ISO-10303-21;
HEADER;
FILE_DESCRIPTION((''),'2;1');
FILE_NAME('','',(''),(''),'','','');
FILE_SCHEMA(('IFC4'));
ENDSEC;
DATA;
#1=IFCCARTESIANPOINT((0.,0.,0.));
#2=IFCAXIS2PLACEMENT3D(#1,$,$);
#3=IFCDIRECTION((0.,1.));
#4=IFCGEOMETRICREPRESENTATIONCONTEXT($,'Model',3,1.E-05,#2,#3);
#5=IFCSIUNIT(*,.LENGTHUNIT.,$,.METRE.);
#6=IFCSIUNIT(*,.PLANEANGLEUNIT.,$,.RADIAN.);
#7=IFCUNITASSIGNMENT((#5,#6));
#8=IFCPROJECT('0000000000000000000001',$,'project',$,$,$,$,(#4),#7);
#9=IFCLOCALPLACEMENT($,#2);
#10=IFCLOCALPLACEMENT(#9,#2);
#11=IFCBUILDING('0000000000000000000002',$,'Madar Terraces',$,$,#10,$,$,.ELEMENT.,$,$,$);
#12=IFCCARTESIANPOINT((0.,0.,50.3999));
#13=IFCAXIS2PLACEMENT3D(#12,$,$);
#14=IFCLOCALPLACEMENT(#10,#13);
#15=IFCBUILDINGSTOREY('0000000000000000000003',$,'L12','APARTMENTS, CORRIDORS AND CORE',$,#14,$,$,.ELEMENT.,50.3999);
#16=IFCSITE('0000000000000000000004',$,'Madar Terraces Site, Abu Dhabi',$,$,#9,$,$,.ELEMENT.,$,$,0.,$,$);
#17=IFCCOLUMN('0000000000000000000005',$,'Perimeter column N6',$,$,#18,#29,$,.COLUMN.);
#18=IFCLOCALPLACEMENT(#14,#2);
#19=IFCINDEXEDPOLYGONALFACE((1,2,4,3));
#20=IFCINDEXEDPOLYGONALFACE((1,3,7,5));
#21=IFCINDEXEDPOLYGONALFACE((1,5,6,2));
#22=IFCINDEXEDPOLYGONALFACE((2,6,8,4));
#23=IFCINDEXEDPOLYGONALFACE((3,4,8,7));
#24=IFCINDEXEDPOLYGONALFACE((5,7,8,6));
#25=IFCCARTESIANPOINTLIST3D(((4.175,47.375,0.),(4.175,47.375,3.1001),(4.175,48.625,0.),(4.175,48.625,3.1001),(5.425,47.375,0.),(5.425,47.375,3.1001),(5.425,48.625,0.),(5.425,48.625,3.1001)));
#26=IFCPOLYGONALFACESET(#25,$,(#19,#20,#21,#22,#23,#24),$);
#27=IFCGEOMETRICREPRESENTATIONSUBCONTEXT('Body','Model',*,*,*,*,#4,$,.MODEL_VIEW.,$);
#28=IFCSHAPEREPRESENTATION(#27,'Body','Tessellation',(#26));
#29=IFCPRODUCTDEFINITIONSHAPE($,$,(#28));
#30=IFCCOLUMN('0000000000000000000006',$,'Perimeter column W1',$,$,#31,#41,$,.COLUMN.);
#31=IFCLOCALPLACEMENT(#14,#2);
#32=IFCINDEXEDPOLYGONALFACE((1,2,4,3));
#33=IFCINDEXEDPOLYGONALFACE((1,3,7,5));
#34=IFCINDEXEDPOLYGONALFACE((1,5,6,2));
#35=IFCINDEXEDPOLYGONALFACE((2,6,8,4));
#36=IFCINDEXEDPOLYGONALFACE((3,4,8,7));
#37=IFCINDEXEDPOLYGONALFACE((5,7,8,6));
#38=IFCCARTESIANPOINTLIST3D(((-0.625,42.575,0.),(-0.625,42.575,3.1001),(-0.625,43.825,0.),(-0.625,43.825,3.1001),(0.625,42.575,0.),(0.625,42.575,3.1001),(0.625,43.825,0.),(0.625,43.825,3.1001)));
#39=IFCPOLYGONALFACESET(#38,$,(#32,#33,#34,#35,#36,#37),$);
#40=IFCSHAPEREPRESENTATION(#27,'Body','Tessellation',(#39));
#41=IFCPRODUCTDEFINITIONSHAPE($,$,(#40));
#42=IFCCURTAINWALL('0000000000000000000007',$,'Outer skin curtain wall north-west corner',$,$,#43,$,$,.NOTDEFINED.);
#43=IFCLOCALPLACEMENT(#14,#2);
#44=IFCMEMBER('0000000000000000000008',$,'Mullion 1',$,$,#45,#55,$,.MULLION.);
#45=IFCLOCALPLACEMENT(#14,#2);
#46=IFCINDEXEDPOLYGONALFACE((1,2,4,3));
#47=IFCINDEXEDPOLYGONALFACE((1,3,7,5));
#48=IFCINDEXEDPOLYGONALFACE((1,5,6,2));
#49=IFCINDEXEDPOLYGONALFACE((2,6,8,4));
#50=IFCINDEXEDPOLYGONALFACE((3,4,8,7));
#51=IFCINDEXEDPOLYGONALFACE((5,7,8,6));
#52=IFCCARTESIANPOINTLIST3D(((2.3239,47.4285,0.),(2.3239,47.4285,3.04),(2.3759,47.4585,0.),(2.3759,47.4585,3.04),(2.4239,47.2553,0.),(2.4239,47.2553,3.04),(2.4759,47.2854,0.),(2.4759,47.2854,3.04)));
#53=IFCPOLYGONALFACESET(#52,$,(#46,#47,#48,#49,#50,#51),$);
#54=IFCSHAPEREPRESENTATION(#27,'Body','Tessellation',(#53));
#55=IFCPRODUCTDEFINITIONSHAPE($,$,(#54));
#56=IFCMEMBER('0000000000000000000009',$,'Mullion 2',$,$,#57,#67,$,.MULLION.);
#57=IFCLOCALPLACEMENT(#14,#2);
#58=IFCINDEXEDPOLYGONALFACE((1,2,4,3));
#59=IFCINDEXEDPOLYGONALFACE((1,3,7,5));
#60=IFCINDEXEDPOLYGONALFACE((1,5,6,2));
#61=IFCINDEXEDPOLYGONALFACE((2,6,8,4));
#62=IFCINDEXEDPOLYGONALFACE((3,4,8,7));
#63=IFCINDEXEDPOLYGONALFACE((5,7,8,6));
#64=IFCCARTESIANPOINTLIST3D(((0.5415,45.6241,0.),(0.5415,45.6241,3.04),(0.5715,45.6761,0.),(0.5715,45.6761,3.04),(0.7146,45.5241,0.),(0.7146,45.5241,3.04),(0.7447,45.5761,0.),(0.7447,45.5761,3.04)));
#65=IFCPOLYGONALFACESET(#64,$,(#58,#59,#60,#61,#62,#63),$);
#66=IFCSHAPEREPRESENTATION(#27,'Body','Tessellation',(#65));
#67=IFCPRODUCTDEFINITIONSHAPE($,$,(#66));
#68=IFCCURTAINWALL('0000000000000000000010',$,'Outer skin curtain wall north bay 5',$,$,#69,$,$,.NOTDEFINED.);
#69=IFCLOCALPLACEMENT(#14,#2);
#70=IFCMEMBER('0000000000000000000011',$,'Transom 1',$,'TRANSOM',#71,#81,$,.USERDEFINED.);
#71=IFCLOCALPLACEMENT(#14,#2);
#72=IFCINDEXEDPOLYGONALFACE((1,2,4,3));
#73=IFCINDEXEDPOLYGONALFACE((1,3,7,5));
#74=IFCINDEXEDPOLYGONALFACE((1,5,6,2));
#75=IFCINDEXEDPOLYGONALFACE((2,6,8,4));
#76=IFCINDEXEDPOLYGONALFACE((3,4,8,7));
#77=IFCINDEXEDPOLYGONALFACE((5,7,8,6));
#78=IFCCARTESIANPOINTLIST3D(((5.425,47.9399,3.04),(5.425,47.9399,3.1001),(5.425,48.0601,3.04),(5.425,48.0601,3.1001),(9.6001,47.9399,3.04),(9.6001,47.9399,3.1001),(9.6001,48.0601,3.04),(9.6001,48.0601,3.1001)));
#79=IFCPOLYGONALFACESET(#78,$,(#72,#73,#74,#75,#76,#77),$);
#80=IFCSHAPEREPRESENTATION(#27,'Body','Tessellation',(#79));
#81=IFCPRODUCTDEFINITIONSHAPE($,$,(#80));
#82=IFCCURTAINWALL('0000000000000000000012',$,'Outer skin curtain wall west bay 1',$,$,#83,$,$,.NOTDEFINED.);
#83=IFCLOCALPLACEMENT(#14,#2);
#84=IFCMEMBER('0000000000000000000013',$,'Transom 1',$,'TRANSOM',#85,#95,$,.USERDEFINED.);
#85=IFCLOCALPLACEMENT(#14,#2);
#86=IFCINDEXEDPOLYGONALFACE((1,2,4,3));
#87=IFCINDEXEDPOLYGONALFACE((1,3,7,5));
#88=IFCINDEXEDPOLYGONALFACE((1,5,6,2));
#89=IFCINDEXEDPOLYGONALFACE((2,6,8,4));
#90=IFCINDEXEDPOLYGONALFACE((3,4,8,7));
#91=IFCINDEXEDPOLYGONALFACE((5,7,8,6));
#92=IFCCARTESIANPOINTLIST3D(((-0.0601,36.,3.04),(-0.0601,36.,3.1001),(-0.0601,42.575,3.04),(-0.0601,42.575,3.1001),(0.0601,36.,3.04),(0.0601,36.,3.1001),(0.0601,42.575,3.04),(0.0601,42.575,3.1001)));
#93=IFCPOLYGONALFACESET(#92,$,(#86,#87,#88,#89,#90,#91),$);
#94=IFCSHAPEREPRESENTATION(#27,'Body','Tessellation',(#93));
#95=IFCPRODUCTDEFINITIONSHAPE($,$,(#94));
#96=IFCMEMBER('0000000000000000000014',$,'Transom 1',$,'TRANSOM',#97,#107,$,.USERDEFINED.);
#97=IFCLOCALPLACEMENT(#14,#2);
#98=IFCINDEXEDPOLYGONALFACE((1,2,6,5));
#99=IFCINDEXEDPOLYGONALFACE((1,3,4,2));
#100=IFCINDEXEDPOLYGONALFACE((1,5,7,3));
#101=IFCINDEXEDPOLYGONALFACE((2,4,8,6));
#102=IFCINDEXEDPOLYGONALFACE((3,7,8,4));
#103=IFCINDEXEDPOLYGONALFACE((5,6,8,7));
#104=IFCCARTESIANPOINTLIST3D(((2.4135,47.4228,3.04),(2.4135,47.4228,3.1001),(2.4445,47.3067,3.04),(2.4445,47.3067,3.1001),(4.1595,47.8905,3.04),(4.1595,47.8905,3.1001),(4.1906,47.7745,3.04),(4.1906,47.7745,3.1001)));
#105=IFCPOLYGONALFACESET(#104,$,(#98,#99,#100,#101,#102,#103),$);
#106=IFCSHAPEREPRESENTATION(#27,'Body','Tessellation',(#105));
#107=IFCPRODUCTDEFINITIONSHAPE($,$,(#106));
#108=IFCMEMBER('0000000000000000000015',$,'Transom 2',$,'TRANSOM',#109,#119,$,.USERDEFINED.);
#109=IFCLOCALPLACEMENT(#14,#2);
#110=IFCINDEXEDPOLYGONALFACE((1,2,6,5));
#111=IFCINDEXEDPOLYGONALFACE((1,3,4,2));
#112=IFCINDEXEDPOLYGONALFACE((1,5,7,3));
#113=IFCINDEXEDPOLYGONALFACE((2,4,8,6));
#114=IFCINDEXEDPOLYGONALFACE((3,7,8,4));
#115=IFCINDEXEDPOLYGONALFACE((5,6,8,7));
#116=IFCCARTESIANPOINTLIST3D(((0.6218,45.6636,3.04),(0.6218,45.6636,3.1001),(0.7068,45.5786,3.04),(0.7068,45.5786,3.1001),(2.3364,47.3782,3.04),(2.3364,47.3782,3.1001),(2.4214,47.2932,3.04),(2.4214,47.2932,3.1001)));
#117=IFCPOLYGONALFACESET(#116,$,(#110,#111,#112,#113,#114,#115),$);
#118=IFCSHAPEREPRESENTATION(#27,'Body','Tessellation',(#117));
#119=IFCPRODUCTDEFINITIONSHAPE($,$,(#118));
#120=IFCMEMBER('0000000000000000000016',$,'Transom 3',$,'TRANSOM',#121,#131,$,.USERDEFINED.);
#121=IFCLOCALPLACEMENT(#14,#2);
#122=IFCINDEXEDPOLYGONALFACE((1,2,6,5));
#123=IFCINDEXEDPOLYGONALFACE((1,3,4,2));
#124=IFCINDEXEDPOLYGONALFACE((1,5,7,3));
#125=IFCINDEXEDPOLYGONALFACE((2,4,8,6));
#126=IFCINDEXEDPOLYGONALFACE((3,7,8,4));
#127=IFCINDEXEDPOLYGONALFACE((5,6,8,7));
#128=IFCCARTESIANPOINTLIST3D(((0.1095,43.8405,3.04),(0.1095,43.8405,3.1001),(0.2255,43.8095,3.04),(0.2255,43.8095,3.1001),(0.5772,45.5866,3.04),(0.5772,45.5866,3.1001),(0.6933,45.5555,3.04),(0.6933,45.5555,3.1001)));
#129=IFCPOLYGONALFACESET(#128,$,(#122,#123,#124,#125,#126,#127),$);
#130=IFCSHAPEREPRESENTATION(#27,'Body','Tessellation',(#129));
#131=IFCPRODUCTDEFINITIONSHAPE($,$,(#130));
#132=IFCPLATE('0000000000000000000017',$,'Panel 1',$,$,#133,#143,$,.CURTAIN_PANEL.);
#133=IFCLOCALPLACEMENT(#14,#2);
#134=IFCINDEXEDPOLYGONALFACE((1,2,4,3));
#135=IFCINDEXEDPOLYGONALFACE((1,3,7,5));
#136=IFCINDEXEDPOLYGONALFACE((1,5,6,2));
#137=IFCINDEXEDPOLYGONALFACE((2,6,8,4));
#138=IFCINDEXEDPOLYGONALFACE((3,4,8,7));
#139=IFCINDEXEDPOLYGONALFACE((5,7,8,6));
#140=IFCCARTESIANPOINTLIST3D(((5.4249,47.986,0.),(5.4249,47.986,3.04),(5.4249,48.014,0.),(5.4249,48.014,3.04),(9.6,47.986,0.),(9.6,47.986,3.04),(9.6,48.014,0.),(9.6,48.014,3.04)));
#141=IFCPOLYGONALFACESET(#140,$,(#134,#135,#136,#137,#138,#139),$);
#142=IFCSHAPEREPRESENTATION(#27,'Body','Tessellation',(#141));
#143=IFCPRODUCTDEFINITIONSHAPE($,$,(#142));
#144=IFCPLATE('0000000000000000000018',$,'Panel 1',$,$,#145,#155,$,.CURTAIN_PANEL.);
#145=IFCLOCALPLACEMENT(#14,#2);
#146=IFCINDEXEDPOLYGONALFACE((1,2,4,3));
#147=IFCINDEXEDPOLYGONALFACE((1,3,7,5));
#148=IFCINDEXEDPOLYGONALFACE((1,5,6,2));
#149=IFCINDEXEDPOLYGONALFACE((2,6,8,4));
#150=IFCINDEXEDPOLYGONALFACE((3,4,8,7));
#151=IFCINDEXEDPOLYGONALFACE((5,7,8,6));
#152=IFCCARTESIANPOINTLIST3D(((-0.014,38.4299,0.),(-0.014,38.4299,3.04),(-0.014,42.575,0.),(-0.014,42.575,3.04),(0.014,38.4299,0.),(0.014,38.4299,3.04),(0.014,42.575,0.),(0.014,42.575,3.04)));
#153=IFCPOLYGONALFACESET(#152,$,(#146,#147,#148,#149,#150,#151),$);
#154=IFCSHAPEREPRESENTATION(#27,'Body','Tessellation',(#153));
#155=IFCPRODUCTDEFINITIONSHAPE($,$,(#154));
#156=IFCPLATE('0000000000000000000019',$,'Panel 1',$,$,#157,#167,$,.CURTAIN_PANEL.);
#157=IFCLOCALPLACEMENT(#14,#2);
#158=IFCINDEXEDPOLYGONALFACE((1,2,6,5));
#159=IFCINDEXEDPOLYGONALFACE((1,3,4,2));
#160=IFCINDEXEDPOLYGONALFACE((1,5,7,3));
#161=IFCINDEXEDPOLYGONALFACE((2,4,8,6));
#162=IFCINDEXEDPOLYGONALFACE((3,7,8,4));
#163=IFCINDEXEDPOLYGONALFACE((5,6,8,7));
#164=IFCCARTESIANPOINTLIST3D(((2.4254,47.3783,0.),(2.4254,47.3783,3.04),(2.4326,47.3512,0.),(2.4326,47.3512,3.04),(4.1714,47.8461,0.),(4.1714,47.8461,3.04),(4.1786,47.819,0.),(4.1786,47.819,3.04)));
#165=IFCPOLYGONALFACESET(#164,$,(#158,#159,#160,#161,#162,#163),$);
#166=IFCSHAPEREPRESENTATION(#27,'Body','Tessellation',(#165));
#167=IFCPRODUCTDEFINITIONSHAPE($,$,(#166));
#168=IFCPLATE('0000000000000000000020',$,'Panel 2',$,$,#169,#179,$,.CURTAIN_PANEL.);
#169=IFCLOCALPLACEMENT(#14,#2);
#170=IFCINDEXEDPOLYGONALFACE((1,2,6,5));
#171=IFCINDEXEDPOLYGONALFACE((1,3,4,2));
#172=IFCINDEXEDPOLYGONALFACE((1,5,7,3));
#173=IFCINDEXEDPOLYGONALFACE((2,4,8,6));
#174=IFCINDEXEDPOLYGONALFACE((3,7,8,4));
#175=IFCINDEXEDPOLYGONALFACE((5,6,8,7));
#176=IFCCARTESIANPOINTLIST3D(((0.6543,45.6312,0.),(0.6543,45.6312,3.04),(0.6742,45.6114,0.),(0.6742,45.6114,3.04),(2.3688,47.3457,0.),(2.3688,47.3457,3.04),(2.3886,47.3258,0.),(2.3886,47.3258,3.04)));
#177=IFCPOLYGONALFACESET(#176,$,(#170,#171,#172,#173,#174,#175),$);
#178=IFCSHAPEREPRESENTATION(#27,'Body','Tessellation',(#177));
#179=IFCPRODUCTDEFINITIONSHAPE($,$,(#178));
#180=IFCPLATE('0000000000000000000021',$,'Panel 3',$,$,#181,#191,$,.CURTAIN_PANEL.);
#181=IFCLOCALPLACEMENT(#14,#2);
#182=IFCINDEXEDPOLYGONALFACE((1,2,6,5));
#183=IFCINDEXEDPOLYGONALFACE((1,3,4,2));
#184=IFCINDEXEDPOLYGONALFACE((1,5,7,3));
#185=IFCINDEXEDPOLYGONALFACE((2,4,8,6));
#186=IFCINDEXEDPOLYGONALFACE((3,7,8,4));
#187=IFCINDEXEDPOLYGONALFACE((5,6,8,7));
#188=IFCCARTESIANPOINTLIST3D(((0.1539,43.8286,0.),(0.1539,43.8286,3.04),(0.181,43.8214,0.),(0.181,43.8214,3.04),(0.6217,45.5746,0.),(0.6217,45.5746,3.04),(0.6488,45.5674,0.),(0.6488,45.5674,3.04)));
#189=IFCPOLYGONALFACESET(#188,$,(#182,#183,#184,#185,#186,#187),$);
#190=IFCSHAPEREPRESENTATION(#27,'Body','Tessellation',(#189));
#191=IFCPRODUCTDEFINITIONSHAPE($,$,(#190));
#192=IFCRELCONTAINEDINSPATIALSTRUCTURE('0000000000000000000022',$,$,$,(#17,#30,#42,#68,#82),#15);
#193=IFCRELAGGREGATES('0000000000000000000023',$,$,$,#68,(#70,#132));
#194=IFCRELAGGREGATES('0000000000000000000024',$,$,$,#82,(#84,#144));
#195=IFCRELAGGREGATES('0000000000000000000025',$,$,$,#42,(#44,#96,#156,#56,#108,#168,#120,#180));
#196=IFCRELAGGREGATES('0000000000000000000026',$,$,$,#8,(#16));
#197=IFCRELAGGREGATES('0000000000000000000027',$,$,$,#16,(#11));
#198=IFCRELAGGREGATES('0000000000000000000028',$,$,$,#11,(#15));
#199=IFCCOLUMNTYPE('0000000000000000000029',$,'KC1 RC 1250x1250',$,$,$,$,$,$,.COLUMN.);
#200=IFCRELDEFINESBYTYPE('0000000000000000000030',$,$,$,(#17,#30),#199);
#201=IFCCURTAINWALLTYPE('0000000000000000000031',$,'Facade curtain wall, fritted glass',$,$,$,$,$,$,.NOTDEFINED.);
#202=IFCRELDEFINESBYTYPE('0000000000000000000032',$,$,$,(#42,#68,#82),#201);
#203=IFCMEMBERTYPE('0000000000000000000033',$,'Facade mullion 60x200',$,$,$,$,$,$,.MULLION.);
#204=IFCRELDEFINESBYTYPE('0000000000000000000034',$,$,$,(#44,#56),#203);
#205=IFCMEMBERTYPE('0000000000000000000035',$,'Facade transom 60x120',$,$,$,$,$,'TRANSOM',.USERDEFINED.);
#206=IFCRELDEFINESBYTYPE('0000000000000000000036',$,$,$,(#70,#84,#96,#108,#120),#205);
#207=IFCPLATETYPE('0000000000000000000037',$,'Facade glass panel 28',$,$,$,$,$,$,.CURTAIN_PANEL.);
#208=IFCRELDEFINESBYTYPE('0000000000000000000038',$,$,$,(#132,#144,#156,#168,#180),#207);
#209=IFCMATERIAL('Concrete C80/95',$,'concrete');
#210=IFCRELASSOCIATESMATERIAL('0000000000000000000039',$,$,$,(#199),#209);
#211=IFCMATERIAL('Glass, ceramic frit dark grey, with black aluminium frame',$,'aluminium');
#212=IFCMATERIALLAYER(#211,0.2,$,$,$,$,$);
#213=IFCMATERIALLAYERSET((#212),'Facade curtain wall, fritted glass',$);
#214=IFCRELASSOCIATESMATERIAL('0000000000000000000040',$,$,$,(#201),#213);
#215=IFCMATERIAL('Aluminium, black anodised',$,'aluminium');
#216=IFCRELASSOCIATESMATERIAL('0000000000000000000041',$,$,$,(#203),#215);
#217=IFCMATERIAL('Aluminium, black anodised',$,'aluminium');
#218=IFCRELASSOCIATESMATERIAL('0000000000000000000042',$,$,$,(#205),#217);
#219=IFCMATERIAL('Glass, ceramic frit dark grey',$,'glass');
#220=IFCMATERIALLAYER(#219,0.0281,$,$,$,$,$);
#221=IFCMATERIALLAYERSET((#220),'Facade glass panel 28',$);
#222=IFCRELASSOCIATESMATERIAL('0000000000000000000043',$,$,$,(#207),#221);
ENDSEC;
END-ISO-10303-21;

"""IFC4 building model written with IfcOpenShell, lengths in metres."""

from ifc_helpers import new_model, si_unit, direction, frame, origin, origin_2d, place, context, subcontext, project, spatial, rectangle, extrude, material, layer, layer_set, material_profile, profile_set, type_object, element, aggregate, save


model = new_model("IFC4")

# Units and contexts
model_context = context("Model", 3, precision=1e-05, world=origin(), true_north=direction((0.0, 1.0)))
body_context = subcontext(model_context, "Body", "Model", "MODEL_VIEW")
ifc_project = project(units=[si_unit("LENGTHUNIT", "METRE"), si_unit("PLANEANGLEUNIT", "RADIAN")], contexts=[model_context])

# Site, building, storey
site_placement = place(None, origin())
site = spatial("IfcSite", under=ifc_project, at=site_placement, Name="Madar Terraces Site, Abu Dhabi", CompositionType="ELEMENT", RefElevation=0.0)
building_placement = place(site_placement, origin())
building = spatial("IfcBuilding", under=site, at=building_placement, Name="Madar Terraces", CompositionType="ELEMENT")
storey_placement = place(building_placement, frame((0.0, 0.0, 50.3999)))
storey = spatial("IfcBuildingStorey", under=building, at=storey_placement, Name="L12", Description="APARTMENTS, CORRIDORS AND CORE", CompositionType="ELEMENT", Elevation=50.3999)

# Columns
ifc_material_1 = material(Name="Concrete C80/95", Category="concrete")
ifc_material_profile_1 = material_profile(ifc_material_1, rectangle(XDim=1.25, YDim=1.25, at=origin_2d()), Name="KC1 RC 1250x1250")
ifc_profile_set_1 = profile_set([ifc_material_profile_1], Name="Concrete C80/95")
column_type = type_object("IfcColumnType", Name="KC1 RC 1250x1250", PredefinedType="COLUMN", material=ifc_profile_set_1)
for number, where, z_axis, x_axis, name in (
    (1, (4.8, 48.0, 0.0), (0.0, 0.0, 1.0), (1.0, 0.0, 0.0), "Perimeter column N6"),
    (2, (0.0, 43.2, 0.0), (0.0, 0.0, 1.0), (1.0, 0.0, 0.0), "Perimeter column W1"),
):
    element("IfcColumn", number, at=place(storey_placement, frame(where, z_axis=z_axis, x_axis=x_axis)), inside=storey, type_object=column_type, Name=name, PredefinedType="COLUMN", context=body_context, shape_type="SweptSolid", body=[
        extrude(rectangle(XDim=1.25, YDim=1.25, at=origin_2d()), origin(), (0.0, 0.0, 1.0), 3.1001),
    ])

# Curtain wall, members
ifc_material_2 = material(Name="Glass, ceramic frit dark grey, with black aluminium frame", Category="aluminium")
ifc_layer_1 = layer(ifc_material_2, 0.2)
ifc_layer_set_1 = layer_set([ifc_layer_1], Name="Facade curtain wall, fritted glass")
curtain_wall_type = type_object("IfcCurtainWallType", Name="Facade curtain wall, fritted glass", PredefinedType="NOTDEFINED", material=ifc_layer_set_1)
curtain_wall_1_placement = place(storey_placement, origin())
curtain_wall_1 = element("IfcCurtainWall", 3, at=curtain_wall_1_placement, inside=storey, type_object=curtain_wall_type, Name="Outer skin curtain wall north-west corner", PredefinedType="NOTDEFINED")
ifc_material_3 = material(Name="Aluminium, black anodised", Category="aluminium")
ifc_material_profile_2 = material_profile(ifc_material_3, rectangle(XDim=0.2, YDim=0.0601, at=origin_2d()), Name="Facade mullion 60x200")
ifc_profile_set_2 = profile_set([ifc_material_profile_2], Name="Aluminium, black anodised")
member_type_1 = type_object("IfcMemberType", Name="Facade mullion 60x200", PredefinedType="MULLION", material=ifc_profile_set_2)
member_1_placement = place(storey_placement, frame((2.3999, 47.3569, 0.0), z_axis=(0.0, 0.0, 1.0), x_axis=(0.5, -0.866025, 0.0)))
member_1 = element("IfcMember", 4, at=member_1_placement, type_object=member_type_1, Name="Mullion 1", PredefinedType="MULLION", context=body_context, shape_type="SweptSolid", body=[
    extrude(rectangle(XDim=0.2, YDim=0.0601, at=origin_2d()), origin(), (0.0, 0.0, 1.0), 3.04),
])
member_2_placement = place(storey_placement, frame((0.6431, 45.6001, 0.0), z_axis=(0.0, 0.0, 1.0), x_axis=(0.866025, -0.5, 0.0)))
member_2 = element("IfcMember", 5, at=member_2_placement, type_object=member_type_1, Name="Mullion 2", PredefinedType="MULLION", context=body_context, shape_type="SweptSolid", body=[
    extrude(rectangle(XDim=0.2, YDim=0.0601, at=origin_2d()), origin(), (0.0, 0.0, 1.0), 3.04),
])

# Curtain walls, members
curtain_wall_2_placement = place(storey_placement, origin())
curtain_wall_2 = element("IfcCurtainWall", 6, at=curtain_wall_2_placement, inside=storey, type_object=curtain_wall_type, Name="Outer skin curtain wall north bay 5", PredefinedType="NOTDEFINED")
ifc_material_4 = material(Name="Aluminium, black anodised", Category="aluminium")
ifc_material_profile_3 = material_profile(ifc_material_4, rectangle(XDim=0.1201, YDim=0.0601, at=origin_2d()), Name="Facade transom 60x120")
ifc_profile_set_3 = profile_set([ifc_material_profile_3], Name="Aluminium, black anodised")
member_type_2 = type_object("IfcMemberType", Name="Facade transom 60x120", ElementType="TRANSOM", PredefinedType="USERDEFINED", material=ifc_profile_set_3)
member_3_placement = place(storey_placement, frame((9.6001, 48.0, 3.0701), z_axis=(-1.0, 0.0, 0.0), x_axis=(0.0, -1.0, 0.0)))
member_3 = element("IfcMember", 7, at=member_3_placement, type_object=member_type_2, Name="Transom 1", ObjectType="TRANSOM", PredefinedType="USERDEFINED", context=body_context, shape_type="SweptSolid", body=[
    extrude(rectangle(XDim=0.1201, YDim=0.0601, at=origin_2d()), origin(), (0.0, 0.0, 1.0), 4.175),
])
curtain_wall_3_placement = place(storey_placement, origin())
curtain_wall_3 = element("IfcCurtainWall", 8, at=curtain_wall_3_placement, inside=storey, type_object=curtain_wall_type, Name="Outer skin curtain wall west bay 1", PredefinedType="NOTDEFINED")
member_4_placement = place(storey_placement, frame((0.0, 42.575, 3.0701), z_axis=(0.0, -1.0, 0.0), x_axis=(1.0, 0.0, 0.0)))
member_4 = element("IfcMember", 9, at=member_4_placement, type_object=member_type_2, Name="Transom 1", ObjectType="TRANSOM", PredefinedType="USERDEFINED", context=body_context, shape_type="SweptSolid", body=[
    extrude(rectangle(XDim=0.1201, YDim=0.0601, at=origin_2d()), origin(), (0.0, 0.0, 1.0), 6.575),
])

# Members
member_5_placement = place(storey_placement, frame((4.175, 47.8325, 3.0701), z_axis=(-0.965938, -0.258772, 0.0), x_axis=(0.258772, -0.965938, 0.0)))
member_5 = element("IfcMember", 10, at=member_5_placement, type_object=member_type_2, Name="Transom 1", ObjectType="TRANSOM", PredefinedType="USERDEFINED", context=body_context, shape_type="SweptSolid", body=[
    extrude(rectangle(XDim=0.1201, YDim=0.0601, at=origin_2d()), origin(), (0.0, 0.0, 1.0), 1.8076),
])
member_6_placement = place(storey_placement, frame((2.3789, 47.3357, 3.0701), z_axis=(-0.707107, -0.707107, 0.0), x_axis=(0.707107, -0.707107, 0.0)))
member_6 = element("IfcMember", 11, at=member_6_placement, type_object=member_type_2, Name="Transom 2", ObjectType="TRANSOM", PredefinedType="USERDEFINED", context=body_context, shape_type="SweptSolid", body=[
    extrude(rectangle(XDim=0.1201, YDim=0.0601, at=origin_2d()), origin(), (0.0, 0.0, 1.0), 2.4248),
])
member_7_placement = place(storey_placement, frame((0.6353, 45.571, 3.0701), z_axis=(-0.258772, -0.965938, 0.0), x_axis=(0.965938, -0.258772, 0.0)))
member_7 = element("IfcMember", 12, at=member_7_placement, type_object=member_type_2, Name="Transom 3", ObjectType="TRANSOM", PredefinedType="USERDEFINED", context=body_context, shape_type="SweptSolid", body=[
    extrude(rectangle(XDim=0.1201, YDim=0.0601, at=origin_2d()), origin(), (0.0, 0.0, 1.0), 1.8076),
])

# Plates
ifc_material_5 = material(Name="Glass, ceramic frit dark grey", Category="glass")
ifc_layer_2 = layer(ifc_material_5, 0.0281)
ifc_layer_set_2 = layer_set([ifc_layer_2], Name="Facade glass panel 28")
plate_type = type_object("IfcPlateType", Name="Facade glass panel 28", PredefinedType="CURTAIN_PANEL", material=ifc_layer_set_2)
plate_1_placement = place(storey_placement, frame((7.5125, 48.0, 0.0), z_axis=(0.0, 0.0, 1.0), x_axis=(-1.0, 0.0, 0.0)))
plate_1 = element("IfcPlate", 13, at=plate_1_placement, type_object=plate_type, Name="Panel 1", PredefinedType="CURTAIN_PANEL", context=body_context, shape_type="SweptSolid", body=[
    extrude(rectangle(XDim=4.175, YDim=0.0281, at=origin_2d()), origin(), (0.0, 0.0, 1.0), 3.04),
])
aggregate(curtain_wall_2, [member_3, plate_1])
plate_2_placement = place(storey_placement, frame((0.0, 40.5024, 0.0), z_axis=(0.0, 0.0, 1.0), x_axis=(0.0, -1.0, 0.0)))
plate_2 = element("IfcPlate", 14, at=plate_2_placement, type_object=plate_type, Name="Panel 1", PredefinedType="CURTAIN_PANEL", context=body_context, shape_type="SweptSolid", body=[
    extrude(rectangle(XDim=4.145, YDim=0.0281, at=origin_2d()), origin(), (0.0, 0.0, 1.0), 3.04),
])
aggregate(curtain_wall_3, [member_4, plate_2])
plate_3_placement = place(storey_placement, frame((3.302, 47.5986, 0.0), z_axis=(0.0, 0.0, 1.0), x_axis=(-0.965926, -0.258819, 0.0)))
plate_3 = element("IfcPlate", 15, at=plate_3_placement, type_object=plate_type, Name="Panel 1", PredefinedType="CURTAIN_PANEL", context=body_context, shape_type="SweptSolid", body=[
    extrude(rectangle(XDim=1.8076, YDim=0.0281, at=origin_2d()), origin(), (0.0, 0.0, 1.0), 3.04),
])
plate_4_placement = place(storey_placement, frame((1.5215, 46.4785, 0.0), z_axis=(0.0, 0.0, 1.0), x_axis=(-0.707107, -0.707107, 0.0)))
plate_4 = element("IfcPlate", 16, at=plate_4_placement, type_object=plate_type, Name="Panel 2", PredefinedType="CURTAIN_PANEL", context=body_context, shape_type="SweptSolid", body=[
    extrude(rectangle(XDim=2.4246, YDim=0.0281, at=origin_2d()), origin(), (0.0, 0.0, 1.0), 3.04),
])
plate_5_placement = place(storey_placement, frame((0.4014, 44.698, 0.0), z_axis=(0.0, 0.0, 1.0), x_axis=(-0.258819, -0.965926, 0.0)))
plate_5 = element("IfcPlate", 17, at=plate_5_placement, type_object=plate_type, Name="Panel 3", PredefinedType="CURTAIN_PANEL", context=body_context, shape_type="SweptSolid", body=[
    extrude(rectangle(XDim=1.8076, YDim=0.0281, at=origin_2d()), origin(), (0.0, 0.0, 1.0), 3.04),
])
aggregate(curtain_wall_1, [member_1, member_5, plate_3, member_2, member_6, plate_4, member_7, plate_5])

save(model, "model.ifc")
